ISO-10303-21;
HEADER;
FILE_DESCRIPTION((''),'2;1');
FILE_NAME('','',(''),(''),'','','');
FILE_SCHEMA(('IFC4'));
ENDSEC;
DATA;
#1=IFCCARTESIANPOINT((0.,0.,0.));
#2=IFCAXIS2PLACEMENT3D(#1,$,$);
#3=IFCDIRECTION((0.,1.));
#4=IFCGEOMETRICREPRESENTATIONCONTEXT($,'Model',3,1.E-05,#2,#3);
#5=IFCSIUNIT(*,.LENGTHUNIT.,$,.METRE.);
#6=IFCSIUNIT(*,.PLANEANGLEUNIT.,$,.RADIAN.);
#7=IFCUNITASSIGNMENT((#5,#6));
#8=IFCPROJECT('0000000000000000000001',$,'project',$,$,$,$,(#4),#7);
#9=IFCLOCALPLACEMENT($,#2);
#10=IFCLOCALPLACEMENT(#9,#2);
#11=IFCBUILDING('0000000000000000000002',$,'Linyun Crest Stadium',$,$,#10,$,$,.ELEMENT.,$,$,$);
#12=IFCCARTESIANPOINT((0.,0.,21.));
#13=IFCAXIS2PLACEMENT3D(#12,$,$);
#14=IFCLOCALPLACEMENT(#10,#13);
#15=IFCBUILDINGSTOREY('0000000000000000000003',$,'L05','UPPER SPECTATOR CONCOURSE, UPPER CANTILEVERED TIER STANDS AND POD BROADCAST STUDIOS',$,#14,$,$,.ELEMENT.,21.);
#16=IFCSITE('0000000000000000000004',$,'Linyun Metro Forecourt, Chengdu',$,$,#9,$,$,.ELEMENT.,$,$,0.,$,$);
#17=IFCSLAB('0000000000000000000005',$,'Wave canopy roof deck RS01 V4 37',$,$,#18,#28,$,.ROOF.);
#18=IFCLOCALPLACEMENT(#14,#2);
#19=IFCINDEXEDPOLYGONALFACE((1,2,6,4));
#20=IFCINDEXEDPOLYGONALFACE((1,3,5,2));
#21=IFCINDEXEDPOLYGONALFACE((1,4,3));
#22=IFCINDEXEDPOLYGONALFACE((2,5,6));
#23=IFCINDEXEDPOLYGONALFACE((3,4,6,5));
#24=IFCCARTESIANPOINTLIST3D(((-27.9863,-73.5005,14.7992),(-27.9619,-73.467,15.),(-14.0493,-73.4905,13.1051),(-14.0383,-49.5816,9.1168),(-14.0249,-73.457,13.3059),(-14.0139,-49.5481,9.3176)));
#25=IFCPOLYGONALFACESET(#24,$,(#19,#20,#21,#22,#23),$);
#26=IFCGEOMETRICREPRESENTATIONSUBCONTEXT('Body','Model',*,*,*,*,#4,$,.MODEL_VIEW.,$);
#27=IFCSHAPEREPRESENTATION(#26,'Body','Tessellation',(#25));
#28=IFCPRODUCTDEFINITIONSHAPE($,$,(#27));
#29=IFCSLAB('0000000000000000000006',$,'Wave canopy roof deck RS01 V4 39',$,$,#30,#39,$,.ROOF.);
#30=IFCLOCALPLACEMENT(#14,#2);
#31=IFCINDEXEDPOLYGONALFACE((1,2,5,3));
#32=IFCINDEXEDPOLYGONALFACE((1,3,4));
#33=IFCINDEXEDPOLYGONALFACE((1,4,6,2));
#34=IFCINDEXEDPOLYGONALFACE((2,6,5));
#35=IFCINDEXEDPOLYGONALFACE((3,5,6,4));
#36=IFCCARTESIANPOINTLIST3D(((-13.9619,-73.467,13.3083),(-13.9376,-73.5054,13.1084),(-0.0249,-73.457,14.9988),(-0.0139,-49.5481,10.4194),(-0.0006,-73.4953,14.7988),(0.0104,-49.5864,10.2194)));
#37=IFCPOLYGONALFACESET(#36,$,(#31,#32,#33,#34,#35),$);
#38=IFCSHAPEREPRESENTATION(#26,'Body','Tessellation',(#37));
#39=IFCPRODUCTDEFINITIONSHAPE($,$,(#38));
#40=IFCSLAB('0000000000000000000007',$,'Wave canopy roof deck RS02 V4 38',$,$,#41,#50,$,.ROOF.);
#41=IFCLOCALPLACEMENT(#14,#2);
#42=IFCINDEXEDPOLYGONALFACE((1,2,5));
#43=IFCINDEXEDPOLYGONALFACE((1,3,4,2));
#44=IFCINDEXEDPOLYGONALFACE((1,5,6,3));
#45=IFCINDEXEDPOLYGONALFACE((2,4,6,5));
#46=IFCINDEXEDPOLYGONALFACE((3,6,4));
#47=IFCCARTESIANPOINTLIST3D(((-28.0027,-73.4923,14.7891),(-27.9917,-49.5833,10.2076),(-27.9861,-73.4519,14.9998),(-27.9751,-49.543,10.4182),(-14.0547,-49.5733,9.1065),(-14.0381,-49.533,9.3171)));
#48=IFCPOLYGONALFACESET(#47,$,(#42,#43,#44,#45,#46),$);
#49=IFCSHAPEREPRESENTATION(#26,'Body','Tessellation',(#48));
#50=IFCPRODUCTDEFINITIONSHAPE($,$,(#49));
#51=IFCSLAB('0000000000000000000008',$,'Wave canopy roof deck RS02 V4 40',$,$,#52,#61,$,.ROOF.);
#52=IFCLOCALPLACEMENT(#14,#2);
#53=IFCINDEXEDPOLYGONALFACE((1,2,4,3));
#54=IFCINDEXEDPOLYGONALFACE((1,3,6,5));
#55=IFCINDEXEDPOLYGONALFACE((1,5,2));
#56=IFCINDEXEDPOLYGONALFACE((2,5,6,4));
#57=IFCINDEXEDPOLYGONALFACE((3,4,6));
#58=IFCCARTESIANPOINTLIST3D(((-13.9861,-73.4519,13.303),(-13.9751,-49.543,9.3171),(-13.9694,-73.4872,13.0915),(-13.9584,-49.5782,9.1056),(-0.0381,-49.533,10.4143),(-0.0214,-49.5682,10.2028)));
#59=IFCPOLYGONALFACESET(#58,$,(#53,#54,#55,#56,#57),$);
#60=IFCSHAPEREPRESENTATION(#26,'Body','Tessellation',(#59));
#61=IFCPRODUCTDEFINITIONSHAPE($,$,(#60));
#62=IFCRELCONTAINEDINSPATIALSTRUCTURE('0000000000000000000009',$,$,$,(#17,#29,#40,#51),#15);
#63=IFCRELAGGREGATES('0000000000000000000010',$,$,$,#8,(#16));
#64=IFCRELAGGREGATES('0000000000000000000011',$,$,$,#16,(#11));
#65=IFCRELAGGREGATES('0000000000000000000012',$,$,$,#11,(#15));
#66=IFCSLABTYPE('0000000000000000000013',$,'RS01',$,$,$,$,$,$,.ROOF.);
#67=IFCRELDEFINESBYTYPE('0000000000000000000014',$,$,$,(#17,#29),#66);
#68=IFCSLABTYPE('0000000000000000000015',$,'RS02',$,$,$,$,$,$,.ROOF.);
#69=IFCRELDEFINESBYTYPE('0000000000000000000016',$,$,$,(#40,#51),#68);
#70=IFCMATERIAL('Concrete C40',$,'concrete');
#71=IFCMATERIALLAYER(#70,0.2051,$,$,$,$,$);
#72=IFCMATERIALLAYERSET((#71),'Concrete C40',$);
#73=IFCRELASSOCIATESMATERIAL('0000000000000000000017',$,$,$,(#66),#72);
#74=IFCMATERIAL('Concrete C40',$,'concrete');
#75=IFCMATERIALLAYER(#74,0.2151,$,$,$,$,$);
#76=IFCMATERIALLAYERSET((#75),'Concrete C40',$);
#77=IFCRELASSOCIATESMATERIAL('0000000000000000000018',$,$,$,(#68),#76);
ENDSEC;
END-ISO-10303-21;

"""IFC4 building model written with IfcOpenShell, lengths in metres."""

from ifc_helpers import new_model, si_unit, direction, frame, origin, place, context, subcontext, project, spatial, polyline, outline, extrude, material, layer, layer_set, type_object, element, save


model = new_model("IFC4")

# Units and contexts
model_context = context("Model", 3, precision=1e-05, world=origin(), true_north=direction((0.0, 1.0)))
body_context = subcontext(model_context, "Body", "Model", "MODEL_VIEW")
ifc_project = project(units=[si_unit("LENGTHUNIT", "METRE"), si_unit("PLANEANGLEUNIT", "RADIAN")], contexts=[model_context])

# Site, building, storey
site_placement = place(None, origin())
site = spatial("IfcSite", under=ifc_project, at=site_placement, Name="Linyun Metro Forecourt, Chengdu", CompositionType="ELEMENT", RefElevation=0.0)
building_placement = place(site_placement, origin())
building = spatial("IfcBuilding", under=site, at=building_placement, Name="Linyun Crest Stadium", CompositionType="ELEMENT")
storey_placement = place(building_placement, frame((0.0, 0.0, 21.0)))
storey = spatial("IfcBuildingStorey", under=building, at=storey_placement, Name="L05", Description="UPPER SPECTATOR CONCOURSE, UPPER CANTILEVERED TIER STANDS AND POD BROADCAST STUDIOS", CompositionType="ELEMENT", Elevation=21.0)

# Slabs
ifc_material_1 = material(Name="Concrete C40", Category="concrete")
ifc_layer_1 = layer(ifc_material_1, 0.2051)
ifc_layer_set_1 = layer_set([ifc_layer_1], Name="Concrete C40")
slab_type_1 = type_object("IfcSlabType", Name="RS01", PredefinedType="ROOF", material=ifc_layer_set_1)
slab_1_placement = place(storey_placement, frame((-27.9619, -73.467, 15.0), z_axis=(0.11893, 0.163317, 0.979379), x_axis=(0.992693, 0.000713, -0.120665)))
element("IfcSlab", 1, at=slab_1_placement, inside=storey, type_object=slab_type_1, Name="Wave canopy roof deck RS01 V4 37", PredefinedType="ROOF", context=body_context, shape_type="SweptSolid", body=[
    extrude(outline(polyline([(0.0, 0.0), (14.0396, 0.0), (14.5488, 24.234), (0.0, 0.0)])), origin(), (0.0, 0.0, -1.0), 0.2051),
])
slab_2_placement = place(storey_placement, frame((-13.9619, -73.467, 13.3083), z_axis=(-0.11842, 0.186842, 0.975226), x_axis=(0.992724, 0.000713, 0.120408)))
element("IfcSlab", 2, at=slab_2_placement, inside=storey, type_object=slab_type_1, Name="Wave canopy roof deck RS01 V4 39", PredefinedType="ROOF", context=body_context, shape_type="SweptSolid", body=[
    extrude(outline(polyline([(0.0, 0.0), (14.0392, 0.0), (13.5157, 24.3379), (0.0, 0.0)])), origin(), (0.0, 0.0, -1.0), 0.2051),
])
ifc_material_2 = material(Name="Concrete C40", Category="concrete")
ifc_layer_2 = layer(ifc_material_2, 0.2151)
ifc_layer_set_2 = layer_set([ifc_layer_2], Name="Concrete C40")
slab_type_2 = type_object("IfcSlabType", Name="RS02", PredefinedType="ROOF", material=ifc_layer_set_2)
slab_3_placement = place(storey_placement, frame((-27.9861, -73.4519, 14.9998), z_axis=(0.077226, 0.187604, 0.979204), x_axis=(0.493459, 0.846215, -0.201042)))
element("IfcSlab", 3, at=slab_3_placement, inside=storey, type_object=slab_type_2, Name="Wave canopy roof deck RS02 V4 38", PredefinedType="ROOF", context=body_context, shape_type="SweptSolid", body=[
    extrude(outline(polyline([(0.0, 0.0), (28.2658, 0.0), (21.1586, 12.0391), (0.0, 0.0)])), origin(), (0.0, 0.0, -1.0), 0.2151),
])
slab_4_placement = place(storey_placement, frame((-13.9861, -73.4519, 13.303), z_axis=(-0.077535, 0.163979, 0.983412), x_axis=(0.501025, 0.85919, -0.103764)))
element("IfcSlab", 4, at=slab_4_placement, inside=storey, type_object=slab_type_2, Name="Wave canopy roof deck RS02 V4 40", PredefinedType="ROOF", context=body_context, shape_type="SweptSolid", body=[
    extrude(outline(polyline([(0.0, 0.0), (27.8389, 0.0), (20.9614, 12.1714), (0.0, 0.0)])), origin(), (0.0, 0.0, -1.0), 0.2151),
])

save(model, "model.ifc")
